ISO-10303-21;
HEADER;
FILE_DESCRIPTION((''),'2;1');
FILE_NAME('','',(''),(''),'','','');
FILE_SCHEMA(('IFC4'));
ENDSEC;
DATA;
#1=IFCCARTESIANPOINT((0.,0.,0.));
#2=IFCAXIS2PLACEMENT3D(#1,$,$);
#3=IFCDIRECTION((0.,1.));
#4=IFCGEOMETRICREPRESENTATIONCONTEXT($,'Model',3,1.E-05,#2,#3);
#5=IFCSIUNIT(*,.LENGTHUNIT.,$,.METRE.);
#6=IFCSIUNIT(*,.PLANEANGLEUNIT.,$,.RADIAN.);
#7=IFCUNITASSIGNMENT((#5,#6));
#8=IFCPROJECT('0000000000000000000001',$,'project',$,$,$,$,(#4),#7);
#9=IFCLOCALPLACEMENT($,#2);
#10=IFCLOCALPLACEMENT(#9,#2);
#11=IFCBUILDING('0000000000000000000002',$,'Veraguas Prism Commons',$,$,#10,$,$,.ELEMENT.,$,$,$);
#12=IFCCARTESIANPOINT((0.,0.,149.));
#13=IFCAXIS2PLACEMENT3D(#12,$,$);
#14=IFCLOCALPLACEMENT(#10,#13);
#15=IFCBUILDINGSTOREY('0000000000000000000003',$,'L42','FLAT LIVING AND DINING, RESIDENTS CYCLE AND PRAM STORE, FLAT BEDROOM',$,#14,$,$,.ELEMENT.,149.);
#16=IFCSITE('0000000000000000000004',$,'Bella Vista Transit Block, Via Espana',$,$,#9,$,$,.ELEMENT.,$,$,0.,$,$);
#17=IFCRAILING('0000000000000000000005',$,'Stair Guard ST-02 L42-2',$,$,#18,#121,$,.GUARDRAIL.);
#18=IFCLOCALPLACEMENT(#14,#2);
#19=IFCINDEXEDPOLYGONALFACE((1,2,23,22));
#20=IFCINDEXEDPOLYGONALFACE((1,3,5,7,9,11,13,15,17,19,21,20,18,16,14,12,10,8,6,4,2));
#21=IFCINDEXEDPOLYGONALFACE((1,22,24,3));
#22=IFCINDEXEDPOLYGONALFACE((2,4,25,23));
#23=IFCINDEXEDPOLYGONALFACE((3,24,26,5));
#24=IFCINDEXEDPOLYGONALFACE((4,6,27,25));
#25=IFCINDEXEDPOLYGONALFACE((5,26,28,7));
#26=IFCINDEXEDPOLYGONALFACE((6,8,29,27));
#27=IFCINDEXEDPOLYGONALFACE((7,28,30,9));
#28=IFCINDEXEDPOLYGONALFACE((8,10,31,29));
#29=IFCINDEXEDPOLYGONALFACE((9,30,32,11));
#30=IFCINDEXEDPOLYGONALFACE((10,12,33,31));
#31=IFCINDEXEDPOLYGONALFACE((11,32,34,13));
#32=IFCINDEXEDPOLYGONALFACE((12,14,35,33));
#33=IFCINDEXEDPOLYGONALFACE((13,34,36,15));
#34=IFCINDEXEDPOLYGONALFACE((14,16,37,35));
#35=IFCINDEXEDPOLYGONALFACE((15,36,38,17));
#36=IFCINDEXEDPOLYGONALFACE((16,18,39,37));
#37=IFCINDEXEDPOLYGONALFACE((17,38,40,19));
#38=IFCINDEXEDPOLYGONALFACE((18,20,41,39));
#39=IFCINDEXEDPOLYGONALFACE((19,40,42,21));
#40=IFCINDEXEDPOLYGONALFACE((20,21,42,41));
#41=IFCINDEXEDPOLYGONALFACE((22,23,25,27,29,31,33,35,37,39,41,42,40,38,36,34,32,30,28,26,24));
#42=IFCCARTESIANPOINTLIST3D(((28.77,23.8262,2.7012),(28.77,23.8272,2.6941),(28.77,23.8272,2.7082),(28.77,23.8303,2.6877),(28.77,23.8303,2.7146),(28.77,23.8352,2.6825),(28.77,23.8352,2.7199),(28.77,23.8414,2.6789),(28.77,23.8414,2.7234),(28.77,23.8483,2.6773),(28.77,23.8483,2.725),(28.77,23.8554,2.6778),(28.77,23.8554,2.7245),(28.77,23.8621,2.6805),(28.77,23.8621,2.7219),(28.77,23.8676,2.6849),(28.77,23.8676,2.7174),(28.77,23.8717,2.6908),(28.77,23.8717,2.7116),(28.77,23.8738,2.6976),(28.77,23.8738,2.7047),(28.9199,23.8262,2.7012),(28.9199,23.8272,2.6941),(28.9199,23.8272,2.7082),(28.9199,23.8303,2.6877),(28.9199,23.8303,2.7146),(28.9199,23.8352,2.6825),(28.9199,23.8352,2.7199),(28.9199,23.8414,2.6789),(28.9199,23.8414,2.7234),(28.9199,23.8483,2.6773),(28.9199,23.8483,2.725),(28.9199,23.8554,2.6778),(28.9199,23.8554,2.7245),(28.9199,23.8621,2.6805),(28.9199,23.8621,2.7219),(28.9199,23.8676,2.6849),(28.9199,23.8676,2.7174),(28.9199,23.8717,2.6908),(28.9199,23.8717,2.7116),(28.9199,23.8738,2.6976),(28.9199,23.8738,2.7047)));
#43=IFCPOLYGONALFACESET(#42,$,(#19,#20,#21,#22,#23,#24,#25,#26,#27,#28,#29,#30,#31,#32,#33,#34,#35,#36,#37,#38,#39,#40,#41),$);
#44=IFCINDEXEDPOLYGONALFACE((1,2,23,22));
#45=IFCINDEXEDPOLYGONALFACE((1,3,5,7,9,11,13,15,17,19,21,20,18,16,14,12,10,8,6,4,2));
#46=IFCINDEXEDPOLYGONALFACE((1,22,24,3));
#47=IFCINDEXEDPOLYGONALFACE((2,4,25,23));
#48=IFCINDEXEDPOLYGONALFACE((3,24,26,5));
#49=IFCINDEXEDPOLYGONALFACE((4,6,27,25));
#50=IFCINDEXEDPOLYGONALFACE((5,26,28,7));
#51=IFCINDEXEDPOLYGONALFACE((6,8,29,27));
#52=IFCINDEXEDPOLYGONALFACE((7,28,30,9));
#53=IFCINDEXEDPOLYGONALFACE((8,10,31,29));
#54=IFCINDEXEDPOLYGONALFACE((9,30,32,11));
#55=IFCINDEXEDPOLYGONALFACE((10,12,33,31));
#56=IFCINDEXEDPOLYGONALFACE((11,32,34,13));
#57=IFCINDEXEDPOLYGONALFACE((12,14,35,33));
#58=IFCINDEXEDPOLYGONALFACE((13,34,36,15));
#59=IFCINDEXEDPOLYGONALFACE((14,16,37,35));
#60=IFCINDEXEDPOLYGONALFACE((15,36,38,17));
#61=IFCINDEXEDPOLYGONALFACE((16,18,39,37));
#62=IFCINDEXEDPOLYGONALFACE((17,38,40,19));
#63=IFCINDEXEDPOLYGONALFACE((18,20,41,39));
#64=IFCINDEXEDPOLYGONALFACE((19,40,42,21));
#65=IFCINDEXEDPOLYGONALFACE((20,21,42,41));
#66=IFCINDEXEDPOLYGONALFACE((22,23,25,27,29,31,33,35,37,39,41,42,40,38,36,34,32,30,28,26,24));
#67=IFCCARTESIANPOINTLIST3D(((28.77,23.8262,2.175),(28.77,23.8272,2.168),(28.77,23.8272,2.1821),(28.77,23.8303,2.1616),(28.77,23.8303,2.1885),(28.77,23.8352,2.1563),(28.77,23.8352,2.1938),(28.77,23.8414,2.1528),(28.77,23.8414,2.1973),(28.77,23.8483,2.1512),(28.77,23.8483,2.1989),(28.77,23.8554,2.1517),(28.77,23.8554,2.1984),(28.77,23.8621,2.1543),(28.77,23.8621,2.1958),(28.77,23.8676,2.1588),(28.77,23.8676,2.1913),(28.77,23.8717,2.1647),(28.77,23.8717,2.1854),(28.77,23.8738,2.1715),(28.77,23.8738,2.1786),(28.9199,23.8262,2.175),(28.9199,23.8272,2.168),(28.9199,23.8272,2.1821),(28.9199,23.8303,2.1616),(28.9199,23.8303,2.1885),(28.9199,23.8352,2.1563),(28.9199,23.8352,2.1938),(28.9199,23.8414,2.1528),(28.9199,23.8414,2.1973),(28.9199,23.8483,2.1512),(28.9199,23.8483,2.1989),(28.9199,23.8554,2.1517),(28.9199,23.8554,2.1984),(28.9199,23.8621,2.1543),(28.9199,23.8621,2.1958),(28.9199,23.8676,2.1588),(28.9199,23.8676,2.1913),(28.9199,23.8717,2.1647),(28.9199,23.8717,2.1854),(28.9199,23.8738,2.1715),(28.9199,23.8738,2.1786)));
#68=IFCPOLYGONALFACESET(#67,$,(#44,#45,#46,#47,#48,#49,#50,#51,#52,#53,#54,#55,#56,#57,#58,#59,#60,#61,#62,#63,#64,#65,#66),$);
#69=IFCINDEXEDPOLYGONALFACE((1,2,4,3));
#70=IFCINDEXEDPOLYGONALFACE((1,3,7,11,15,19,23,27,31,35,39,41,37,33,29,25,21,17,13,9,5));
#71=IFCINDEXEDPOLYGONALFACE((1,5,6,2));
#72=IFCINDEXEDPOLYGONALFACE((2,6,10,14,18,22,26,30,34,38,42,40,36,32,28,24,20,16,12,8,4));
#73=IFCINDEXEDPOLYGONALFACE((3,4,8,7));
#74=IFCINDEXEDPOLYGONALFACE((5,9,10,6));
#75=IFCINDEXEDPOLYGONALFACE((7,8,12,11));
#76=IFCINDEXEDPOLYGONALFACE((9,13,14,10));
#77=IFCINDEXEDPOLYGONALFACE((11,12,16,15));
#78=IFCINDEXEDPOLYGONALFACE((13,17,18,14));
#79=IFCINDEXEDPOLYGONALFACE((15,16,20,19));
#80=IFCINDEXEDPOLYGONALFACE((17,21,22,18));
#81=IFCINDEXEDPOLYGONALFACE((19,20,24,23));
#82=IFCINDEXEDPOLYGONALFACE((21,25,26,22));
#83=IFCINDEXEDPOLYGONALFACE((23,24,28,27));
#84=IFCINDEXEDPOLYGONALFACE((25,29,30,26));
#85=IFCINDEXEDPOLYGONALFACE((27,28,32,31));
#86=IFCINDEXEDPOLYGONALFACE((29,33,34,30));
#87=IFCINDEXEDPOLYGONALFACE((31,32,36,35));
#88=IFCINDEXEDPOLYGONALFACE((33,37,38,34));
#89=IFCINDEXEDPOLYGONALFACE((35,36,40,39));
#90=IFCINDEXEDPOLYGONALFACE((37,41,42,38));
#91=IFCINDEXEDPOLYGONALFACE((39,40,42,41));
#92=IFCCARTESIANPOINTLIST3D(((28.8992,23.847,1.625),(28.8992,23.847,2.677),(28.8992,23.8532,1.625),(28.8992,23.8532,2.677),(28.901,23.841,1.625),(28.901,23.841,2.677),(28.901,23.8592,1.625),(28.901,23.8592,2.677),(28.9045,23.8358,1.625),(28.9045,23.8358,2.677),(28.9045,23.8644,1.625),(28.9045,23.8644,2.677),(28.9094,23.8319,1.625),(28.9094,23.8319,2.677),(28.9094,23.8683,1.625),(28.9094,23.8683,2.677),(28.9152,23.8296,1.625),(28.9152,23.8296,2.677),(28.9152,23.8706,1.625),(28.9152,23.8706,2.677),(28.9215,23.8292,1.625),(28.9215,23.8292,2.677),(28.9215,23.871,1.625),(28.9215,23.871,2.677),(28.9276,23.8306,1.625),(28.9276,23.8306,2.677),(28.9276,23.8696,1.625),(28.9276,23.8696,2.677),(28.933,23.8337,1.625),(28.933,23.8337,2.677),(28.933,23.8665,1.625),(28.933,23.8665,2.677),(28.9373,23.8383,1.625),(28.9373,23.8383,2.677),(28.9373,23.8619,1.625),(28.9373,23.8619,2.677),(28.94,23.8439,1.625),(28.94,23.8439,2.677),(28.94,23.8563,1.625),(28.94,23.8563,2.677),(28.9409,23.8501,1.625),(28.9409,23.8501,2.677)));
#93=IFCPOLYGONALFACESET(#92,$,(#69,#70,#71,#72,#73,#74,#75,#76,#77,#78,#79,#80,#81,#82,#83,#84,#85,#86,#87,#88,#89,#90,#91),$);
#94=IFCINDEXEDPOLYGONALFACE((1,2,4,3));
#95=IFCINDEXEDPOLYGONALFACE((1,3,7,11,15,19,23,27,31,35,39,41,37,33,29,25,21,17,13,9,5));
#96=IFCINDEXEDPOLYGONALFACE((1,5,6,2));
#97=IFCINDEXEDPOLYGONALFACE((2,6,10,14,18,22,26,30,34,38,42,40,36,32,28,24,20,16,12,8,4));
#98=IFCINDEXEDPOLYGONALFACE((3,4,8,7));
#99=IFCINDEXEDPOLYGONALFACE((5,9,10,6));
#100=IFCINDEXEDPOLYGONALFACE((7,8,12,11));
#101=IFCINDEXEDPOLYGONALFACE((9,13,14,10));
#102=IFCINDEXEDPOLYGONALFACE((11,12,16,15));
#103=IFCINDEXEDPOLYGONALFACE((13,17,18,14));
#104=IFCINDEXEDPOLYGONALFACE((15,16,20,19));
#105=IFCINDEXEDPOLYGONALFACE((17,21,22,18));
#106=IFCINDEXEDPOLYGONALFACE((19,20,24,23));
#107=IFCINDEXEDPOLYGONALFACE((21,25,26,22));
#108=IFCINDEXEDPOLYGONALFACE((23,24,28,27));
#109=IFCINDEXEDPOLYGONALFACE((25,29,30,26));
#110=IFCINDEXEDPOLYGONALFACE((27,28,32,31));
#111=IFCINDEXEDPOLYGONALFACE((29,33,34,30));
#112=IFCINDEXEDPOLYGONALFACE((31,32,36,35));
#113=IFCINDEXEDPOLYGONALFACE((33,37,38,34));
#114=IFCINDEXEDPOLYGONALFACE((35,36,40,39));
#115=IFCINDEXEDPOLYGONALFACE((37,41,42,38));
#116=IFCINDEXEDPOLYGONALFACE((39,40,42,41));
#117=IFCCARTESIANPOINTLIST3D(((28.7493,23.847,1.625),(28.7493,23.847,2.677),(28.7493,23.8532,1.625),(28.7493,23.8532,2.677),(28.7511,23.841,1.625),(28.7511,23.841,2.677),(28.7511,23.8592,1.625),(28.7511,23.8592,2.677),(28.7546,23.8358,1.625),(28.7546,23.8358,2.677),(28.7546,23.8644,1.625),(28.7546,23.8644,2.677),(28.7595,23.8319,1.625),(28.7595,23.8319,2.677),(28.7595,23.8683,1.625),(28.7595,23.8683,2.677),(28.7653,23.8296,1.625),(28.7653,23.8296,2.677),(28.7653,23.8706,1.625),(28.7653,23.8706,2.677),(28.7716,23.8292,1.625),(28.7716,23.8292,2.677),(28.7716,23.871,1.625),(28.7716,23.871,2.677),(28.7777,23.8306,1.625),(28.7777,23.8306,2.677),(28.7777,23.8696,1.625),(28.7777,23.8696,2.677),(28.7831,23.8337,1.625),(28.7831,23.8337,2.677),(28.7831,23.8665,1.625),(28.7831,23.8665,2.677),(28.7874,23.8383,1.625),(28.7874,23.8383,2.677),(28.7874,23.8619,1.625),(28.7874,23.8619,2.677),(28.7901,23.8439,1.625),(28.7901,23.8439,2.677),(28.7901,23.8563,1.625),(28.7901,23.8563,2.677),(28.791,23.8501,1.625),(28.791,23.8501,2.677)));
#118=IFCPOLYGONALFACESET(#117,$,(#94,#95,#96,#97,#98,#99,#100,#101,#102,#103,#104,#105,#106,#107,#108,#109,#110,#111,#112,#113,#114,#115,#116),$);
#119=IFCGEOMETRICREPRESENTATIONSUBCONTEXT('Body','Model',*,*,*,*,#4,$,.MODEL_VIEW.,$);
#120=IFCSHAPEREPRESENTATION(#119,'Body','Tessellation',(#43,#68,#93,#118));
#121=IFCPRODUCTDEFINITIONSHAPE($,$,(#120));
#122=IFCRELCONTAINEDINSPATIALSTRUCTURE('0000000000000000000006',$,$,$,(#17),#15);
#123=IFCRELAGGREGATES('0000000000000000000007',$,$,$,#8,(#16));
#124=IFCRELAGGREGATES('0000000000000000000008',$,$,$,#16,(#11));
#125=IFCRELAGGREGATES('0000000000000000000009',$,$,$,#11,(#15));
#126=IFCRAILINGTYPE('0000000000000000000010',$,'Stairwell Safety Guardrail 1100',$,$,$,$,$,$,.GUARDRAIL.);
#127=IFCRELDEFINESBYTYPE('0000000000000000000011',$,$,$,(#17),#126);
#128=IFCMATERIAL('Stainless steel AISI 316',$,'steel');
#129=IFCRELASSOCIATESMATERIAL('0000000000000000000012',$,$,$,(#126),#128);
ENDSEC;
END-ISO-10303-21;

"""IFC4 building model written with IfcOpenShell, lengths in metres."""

from ifc_helpers import new_model, si_unit, direction, frame, origin, origin_2d, place, context, subcontext, project, spatial, circle, extrude, material, type_object, element, save


model = new_model("IFC4")

# Units and contexts
model_context = context("Model", 3, precision=1e-05, world=origin(), true_north=direction((0.0, 1.0)))
body_context = subcontext(model_context, "Body", "Model", "MODEL_VIEW")
ifc_project = project(units=[si_unit("LENGTHUNIT", "METRE"), si_unit("PLANEANGLEUNIT", "RADIAN")], contexts=[model_context])

# Site, building, storey
site_placement = place(None, origin())
site = spatial("IfcSite", under=ifc_project, at=site_placement, Name="Bella Vista Transit Block, Via Espana", CompositionType="ELEMENT", RefElevation=0.0)
building_placement = place(site_placement, origin())
building = spatial("IfcBuilding", under=site, at=building_placement, Name="Veraguas Prism Commons", CompositionType="ELEMENT")
storey_placement = place(building_placement, frame((0.0, 0.0, 149.0)))
storey = spatial("IfcBuildingStorey", under=building, at=storey_placement, Name="L42", Description="FLAT LIVING AND DINING, RESIDENTS CYCLE AND PRAM STORE, FLAT BEDROOM", CompositionType="ELEMENT", Elevation=149.0)

# Shared definitions
ifc_material_1 = material(Name="Stainless steel AISI 316", Category="steel")

# Railing
railing_type_1 = type_object("IfcRailingType", Name="Stairwell Safety Guardrail 1100", PredefinedType="GUARDRAIL", material=ifc_material_1)
railing_1_placement = place(storey_placement, frame((28.9199, 23.8501, 1.625)))
element("IfcRailing", 1, at=railing_1_placement, inside=storey, type_object=railing_type_1, Name="Stair Guard ST-02 L42-2", PredefinedType="GUARDRAIL", context=body_context, shape_type="SweptSolid", body=[
    extrude(circle(Radius=0.0239, at=origin_2d()), frame((0.0, 0.0, 1.0762), z_axis=(-1.0, 0.0, 0.0), x_axis=(0.0, -1.0, 0.0)), (0.0, 0.0, 1.0), 0.1499),
    extrude(circle(Radius=0.0239, at=origin_2d()), frame((0.0, 0.0, 0.55), z_axis=(-1.0, 0.0, 0.0), x_axis=(0.0, -1.0, 0.0)), (0.0, 0.0, 1.0), 0.1499),
    extrude(circle(Radius=0.021, at=origin_2d()), origin(), (0.0, 0.0, 1.0), 1.052),
    extrude(circle(Radius=0.021, at=origin_2d()), frame((-0.1499, 0.0, 0.0)), (0.0, 0.0, 1.0), 1.052),
])

save(model, "model.ifc")
